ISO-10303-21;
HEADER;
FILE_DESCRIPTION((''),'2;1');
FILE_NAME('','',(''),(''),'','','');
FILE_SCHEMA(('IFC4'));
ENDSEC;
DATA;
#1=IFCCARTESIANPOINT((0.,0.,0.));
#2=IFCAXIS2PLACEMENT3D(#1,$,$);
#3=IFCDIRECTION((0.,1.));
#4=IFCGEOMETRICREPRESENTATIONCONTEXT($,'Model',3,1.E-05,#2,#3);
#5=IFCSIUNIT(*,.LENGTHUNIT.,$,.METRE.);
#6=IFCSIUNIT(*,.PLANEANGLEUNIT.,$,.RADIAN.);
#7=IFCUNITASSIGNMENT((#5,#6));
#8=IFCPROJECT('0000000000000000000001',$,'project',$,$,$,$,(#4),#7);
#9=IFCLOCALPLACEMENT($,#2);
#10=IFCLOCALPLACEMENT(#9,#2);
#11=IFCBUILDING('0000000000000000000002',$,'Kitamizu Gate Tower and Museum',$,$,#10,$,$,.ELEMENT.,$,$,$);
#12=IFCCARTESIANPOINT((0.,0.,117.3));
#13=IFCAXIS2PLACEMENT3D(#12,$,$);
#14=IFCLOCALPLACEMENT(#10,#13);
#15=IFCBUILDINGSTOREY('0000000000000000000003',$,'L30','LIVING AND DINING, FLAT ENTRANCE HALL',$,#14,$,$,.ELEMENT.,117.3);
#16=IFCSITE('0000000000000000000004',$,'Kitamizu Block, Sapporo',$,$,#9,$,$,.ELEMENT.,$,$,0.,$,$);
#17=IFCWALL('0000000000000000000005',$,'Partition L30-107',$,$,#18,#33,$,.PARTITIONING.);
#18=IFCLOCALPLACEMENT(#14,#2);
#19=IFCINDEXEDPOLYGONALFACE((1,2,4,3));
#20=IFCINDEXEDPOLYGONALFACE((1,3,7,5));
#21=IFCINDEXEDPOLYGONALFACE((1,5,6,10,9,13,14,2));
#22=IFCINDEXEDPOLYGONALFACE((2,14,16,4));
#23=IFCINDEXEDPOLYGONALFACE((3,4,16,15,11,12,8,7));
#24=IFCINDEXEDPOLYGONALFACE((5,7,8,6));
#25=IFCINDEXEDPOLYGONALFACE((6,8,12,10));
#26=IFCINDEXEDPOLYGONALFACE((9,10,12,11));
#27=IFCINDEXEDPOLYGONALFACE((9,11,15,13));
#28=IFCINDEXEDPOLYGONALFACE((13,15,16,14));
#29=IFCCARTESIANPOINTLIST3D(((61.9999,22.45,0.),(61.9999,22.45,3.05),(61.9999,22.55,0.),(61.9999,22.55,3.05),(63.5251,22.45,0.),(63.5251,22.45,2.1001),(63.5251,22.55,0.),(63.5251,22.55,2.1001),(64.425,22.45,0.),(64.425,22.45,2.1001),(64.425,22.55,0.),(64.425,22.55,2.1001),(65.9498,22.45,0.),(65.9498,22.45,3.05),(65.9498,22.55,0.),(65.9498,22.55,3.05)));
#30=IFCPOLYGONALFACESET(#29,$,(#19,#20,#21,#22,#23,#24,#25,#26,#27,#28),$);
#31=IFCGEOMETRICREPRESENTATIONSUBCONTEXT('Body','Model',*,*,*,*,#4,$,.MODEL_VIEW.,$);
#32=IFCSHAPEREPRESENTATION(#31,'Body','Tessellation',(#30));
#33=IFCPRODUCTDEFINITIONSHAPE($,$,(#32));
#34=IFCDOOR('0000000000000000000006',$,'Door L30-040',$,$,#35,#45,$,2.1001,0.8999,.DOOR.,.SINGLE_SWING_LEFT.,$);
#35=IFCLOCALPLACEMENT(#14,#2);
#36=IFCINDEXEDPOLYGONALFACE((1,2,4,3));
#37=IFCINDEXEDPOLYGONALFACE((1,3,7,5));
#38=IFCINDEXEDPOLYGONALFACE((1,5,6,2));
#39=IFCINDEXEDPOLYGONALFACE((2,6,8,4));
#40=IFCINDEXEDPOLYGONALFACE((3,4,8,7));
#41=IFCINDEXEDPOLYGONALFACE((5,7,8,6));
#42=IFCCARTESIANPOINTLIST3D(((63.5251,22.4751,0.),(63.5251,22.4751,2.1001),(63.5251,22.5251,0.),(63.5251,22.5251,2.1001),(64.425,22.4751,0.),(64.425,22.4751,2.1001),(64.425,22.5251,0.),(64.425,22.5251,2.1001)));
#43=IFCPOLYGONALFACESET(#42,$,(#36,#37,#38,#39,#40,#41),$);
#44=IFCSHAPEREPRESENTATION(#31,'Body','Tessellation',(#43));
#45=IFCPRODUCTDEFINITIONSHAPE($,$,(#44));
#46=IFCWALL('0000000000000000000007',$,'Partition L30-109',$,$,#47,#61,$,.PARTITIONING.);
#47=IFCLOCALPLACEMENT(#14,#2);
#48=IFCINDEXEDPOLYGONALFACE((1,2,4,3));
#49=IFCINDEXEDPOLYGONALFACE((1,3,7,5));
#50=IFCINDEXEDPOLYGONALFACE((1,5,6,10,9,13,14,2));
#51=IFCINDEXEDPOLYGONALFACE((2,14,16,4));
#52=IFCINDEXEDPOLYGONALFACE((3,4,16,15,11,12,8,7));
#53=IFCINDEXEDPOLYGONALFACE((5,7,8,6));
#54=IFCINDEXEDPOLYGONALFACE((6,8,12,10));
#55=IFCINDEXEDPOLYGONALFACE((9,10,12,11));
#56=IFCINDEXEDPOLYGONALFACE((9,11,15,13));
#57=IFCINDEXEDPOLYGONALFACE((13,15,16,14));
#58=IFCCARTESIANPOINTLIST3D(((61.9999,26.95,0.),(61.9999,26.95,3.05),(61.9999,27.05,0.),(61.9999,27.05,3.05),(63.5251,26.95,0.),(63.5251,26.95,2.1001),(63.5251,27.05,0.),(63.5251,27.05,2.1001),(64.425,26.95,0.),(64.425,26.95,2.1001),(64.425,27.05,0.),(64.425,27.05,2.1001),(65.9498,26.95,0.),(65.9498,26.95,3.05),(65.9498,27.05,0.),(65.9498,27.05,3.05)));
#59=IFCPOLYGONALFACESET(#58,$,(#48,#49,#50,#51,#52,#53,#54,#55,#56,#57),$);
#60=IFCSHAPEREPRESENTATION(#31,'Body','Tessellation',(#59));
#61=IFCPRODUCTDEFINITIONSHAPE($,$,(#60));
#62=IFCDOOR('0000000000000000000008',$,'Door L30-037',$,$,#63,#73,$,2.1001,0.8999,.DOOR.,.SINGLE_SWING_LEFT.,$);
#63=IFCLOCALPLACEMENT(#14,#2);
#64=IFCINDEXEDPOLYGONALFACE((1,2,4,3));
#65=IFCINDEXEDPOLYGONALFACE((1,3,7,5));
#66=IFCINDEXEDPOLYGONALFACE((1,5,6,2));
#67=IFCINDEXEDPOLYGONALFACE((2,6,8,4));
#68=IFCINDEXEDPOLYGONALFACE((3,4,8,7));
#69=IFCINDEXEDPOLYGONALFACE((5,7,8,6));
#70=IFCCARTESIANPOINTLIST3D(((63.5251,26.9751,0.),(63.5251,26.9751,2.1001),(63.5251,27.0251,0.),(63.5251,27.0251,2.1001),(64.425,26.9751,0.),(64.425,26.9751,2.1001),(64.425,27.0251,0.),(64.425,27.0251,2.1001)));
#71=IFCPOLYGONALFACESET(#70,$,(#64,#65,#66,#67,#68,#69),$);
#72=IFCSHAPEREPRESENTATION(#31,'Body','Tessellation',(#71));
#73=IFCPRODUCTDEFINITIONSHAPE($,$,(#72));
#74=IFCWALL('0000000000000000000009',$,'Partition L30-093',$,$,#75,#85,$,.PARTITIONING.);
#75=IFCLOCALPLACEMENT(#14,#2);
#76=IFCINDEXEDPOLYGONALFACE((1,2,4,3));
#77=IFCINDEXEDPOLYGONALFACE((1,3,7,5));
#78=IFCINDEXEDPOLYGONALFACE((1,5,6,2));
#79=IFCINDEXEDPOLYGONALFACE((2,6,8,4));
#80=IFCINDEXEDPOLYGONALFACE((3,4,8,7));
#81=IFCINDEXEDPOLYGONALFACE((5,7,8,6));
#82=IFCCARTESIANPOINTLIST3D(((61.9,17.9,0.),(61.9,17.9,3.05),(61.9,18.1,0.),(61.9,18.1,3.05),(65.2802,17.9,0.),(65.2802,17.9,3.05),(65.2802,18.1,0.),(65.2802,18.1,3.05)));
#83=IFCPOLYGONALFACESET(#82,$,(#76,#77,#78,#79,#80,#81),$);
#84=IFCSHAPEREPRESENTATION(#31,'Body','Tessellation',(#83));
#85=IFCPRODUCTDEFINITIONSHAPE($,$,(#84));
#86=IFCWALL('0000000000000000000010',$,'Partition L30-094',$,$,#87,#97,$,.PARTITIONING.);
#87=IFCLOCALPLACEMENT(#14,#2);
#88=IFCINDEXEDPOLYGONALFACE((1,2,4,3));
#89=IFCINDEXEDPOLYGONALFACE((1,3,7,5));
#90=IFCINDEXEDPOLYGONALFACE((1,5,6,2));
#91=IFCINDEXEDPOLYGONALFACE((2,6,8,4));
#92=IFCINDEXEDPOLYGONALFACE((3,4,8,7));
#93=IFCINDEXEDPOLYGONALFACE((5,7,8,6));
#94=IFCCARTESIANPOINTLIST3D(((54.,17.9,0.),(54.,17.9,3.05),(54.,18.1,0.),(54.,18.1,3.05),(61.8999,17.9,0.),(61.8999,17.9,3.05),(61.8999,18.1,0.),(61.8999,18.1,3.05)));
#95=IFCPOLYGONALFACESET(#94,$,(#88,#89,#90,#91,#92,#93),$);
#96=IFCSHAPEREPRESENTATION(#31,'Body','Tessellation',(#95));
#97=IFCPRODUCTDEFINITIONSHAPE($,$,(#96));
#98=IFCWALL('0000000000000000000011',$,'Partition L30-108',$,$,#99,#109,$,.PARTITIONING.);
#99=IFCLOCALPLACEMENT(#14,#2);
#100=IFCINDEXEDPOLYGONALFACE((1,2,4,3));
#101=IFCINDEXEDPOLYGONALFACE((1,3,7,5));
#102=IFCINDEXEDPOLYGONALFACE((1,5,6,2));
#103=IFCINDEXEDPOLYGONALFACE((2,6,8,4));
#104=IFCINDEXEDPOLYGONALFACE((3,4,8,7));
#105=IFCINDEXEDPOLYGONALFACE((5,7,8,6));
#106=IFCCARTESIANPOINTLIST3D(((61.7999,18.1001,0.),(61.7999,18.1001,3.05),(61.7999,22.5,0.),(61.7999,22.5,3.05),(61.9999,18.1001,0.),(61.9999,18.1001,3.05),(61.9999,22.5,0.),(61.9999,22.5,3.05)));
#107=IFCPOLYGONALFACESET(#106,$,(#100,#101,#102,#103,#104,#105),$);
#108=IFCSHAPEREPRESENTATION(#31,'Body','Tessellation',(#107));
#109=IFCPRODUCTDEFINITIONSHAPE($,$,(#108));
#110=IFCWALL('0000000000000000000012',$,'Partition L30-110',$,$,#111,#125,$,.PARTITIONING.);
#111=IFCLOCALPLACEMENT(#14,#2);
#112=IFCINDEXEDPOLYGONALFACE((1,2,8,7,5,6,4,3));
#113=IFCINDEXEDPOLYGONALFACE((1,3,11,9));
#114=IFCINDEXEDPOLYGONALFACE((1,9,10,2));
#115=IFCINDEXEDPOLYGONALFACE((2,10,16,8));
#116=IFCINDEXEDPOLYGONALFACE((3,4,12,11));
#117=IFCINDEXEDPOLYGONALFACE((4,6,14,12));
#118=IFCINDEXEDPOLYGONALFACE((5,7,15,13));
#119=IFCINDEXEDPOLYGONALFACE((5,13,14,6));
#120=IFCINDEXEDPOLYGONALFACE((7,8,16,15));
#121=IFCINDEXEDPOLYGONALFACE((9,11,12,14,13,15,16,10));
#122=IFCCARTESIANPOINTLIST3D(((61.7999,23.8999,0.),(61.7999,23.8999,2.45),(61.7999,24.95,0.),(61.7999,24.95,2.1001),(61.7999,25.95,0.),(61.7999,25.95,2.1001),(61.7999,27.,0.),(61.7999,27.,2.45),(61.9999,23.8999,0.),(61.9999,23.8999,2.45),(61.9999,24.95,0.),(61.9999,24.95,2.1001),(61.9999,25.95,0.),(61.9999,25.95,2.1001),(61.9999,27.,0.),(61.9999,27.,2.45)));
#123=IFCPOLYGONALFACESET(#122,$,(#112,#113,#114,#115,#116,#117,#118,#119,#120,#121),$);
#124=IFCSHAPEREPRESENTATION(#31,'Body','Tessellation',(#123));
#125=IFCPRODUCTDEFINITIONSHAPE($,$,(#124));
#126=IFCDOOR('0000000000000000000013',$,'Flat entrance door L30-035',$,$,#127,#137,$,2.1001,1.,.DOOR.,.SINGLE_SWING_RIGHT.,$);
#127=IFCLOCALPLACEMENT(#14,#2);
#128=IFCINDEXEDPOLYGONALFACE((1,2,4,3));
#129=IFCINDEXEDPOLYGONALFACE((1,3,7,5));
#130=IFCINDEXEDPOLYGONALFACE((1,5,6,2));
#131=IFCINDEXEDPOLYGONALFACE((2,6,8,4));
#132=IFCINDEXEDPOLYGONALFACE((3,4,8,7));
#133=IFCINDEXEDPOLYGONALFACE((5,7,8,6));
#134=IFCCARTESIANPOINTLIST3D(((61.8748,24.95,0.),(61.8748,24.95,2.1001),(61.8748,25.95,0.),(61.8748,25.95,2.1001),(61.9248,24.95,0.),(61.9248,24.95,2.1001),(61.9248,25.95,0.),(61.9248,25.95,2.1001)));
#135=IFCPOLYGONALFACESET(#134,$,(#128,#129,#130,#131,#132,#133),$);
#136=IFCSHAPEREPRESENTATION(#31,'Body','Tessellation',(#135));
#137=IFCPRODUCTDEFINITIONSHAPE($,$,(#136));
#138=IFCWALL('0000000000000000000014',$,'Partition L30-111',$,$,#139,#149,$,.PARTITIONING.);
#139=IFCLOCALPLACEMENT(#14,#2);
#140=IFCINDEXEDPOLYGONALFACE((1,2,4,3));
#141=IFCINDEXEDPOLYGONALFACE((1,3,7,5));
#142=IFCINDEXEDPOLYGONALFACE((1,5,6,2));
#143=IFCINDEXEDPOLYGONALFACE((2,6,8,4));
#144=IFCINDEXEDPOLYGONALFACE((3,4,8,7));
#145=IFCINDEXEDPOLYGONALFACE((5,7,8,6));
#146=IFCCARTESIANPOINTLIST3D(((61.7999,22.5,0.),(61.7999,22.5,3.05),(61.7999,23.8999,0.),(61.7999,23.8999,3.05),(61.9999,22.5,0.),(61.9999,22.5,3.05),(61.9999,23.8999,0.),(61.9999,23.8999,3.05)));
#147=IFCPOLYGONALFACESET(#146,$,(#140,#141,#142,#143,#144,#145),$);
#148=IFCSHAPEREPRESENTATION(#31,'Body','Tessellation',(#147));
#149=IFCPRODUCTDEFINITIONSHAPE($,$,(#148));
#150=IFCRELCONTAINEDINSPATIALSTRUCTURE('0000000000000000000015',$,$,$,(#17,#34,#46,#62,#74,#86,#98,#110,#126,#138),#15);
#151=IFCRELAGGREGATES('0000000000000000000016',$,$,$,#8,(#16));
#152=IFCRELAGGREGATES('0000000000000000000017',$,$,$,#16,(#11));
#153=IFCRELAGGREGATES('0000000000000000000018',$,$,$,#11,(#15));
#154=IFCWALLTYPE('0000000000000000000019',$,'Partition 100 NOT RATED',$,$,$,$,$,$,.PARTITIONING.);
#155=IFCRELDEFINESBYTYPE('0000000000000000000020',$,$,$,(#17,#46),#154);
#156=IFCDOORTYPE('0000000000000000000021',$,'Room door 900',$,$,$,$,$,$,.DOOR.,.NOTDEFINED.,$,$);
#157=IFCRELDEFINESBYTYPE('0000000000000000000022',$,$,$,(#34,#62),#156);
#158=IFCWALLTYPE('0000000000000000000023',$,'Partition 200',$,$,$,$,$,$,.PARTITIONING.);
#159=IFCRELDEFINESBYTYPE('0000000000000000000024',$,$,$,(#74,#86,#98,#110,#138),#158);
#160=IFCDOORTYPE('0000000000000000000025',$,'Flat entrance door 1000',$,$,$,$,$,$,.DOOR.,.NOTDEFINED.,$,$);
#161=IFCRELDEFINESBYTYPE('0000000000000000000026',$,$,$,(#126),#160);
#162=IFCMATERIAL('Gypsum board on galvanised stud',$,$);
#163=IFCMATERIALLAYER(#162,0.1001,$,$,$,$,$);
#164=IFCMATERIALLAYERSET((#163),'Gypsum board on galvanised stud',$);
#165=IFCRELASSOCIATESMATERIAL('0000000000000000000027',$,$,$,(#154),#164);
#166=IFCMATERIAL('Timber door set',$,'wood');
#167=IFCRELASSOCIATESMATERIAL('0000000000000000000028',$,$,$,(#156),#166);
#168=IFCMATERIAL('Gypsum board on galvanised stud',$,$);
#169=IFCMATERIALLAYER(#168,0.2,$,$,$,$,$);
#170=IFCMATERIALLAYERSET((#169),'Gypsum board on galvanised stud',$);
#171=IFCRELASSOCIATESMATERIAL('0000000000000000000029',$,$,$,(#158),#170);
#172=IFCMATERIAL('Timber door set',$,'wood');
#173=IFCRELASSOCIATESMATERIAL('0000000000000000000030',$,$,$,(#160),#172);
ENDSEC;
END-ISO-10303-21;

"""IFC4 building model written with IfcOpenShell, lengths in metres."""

from ifc_helpers import new_model, si_unit, direction, frame, frame_2d, origin, place, context, subcontext, project, spatial, rectangle, extrude, material, layer, layer_set, type_object, element, fill, save


model = new_model("IFC4")

# Units and contexts
model_context = context("Model", 3, precision=1e-05, world=origin(), true_north=direction((0.0, 1.0)))
body_context = subcontext(model_context, "Body", "Model", "MODEL_VIEW")
ifc_project = project(units=[si_unit("LENGTHUNIT", "METRE"), si_unit("PLANEANGLEUNIT", "RADIAN")], contexts=[model_context])

# Site, building, storey
site_placement = place(None, origin())
site = spatial("IfcSite", under=ifc_project, at=site_placement, Name="Kitamizu Block, Sapporo", CompositionType="ELEMENT", RefElevation=0.0)
building_placement = place(site_placement, origin())
building = spatial("IfcBuilding", under=site, at=building_placement, Name="Kitamizu Gate Tower and Museum", CompositionType="ELEMENT")
storey_placement = place(building_placement, frame((0.0, 0.0, 117.3)))
storey = spatial("IfcBuildingStorey", under=building, at=storey_placement, Name="L30", Description="LIVING AND DINING, FLAT ENTRANCE HALL", CompositionType="ELEMENT", Elevation=117.3)

# Shared definitions
ifc_material_1 = material(Name="Gypsum board on galvanised stud")
ifc_layer_1 = layer(ifc_material_1, 0.1001)
ifc_layer_set_1 = layer_set([ifc_layer_1], Name="Gypsum board on galvanised stud")
wall_type_1 = type_object("IfcWallType", Name="Partition 100 NOT RATED", PredefinedType="PARTITIONING", material=ifc_layer_set_1)

# Shared definitions
ifc_material_2 = material(Name="Timber door set", Category="wood")
door_type_1 = type_object("IfcDoorType", Name="Room door 900", OperationType="NOTDEFINED", PredefinedType="DOOR", material=ifc_material_2)

# Walls, openings, doors
wall_1_placement = place(storey_placement, frame((65.95, 22.5, 0.0), z_axis=(0.0, 0.0, 1.0), x_axis=(-1.0, 0.0, 0.0)))
wall_1 = element("IfcWall", 1, at=wall_1_placement, inside=storey, type_object=wall_type_1, Name="Partition L30-107", PredefinedType="PARTITIONING", context=body_context, shape_type="SweptSolid", body=[
    extrude(rectangle(XDim=3.95, YDim=0.1001, at=frame_2d((1.9751, 0.0))), origin(), (0.0, 0.0, 1.0), 3.05),
])
opening_1_placement = place(wall_1_placement, frame((1.5249, 0.0, 0.0)))
opening_1 = element("IfcOpeningElement", 2, at=opening_1_placement, cuts=wall_1, PredefinedType="OPENING", context=body_context, shape_type="SweptSolid", body=[
    extrude(rectangle(XDim=0.8999, YDim=2.1001, at=frame_2d((0.45, 1.05))), frame((0.0, 0.0601, 0.0), z_axis=(0.0, -1.0, 0.0), x_axis=(1.0, 0.0, 0.0)), (0.0, 0.0, 1.0), 0.1201),
])
door_1_placement = place(opening_1_placement, origin())
door_1 = element("IfcDoor", 3, at=door_1_placement, inside=storey, type_object=door_type_1, Name="Door L30-040", OperationType="SINGLE_SWING_LEFT", OverallHeight=2.1001, OverallWidth=0.8999, PredefinedType="DOOR", context=body_context, shape_type="SweptSolid", body=[
    extrude(rectangle(XDim=0.8999, YDim=2.1001, at=frame_2d((0.45, 1.05))), frame((0.0, 0.0249, 0.0), z_axis=(0.0, -1.0, 0.0), x_axis=(1.0, 0.0, 0.0)), (0.0, 0.0, 1.0), 0.05),
])
fill(opening_1, door_1)
wall_2_placement = place(storey_placement, frame((65.95, 27.0, 0.0), z_axis=(0.0, 0.0, 1.0), x_axis=(-1.0, 0.0, 0.0)))
wall_2 = element("IfcWall", 4, at=wall_2_placement, inside=storey, type_object=wall_type_1, Name="Partition L30-109", PredefinedType="PARTITIONING", context=body_context, shape_type="SweptSolid", body=[
    extrude(rectangle(XDim=3.95, YDim=0.1001, at=frame_2d((1.9751, 0.0))), origin(), (0.0, 0.0, 1.0), 3.05),
])
opening_2_placement = place(wall_2_placement, frame((1.5249, 0.0, 0.0)))
opening_2 = element("IfcOpeningElement", 5, at=opening_2_placement, cuts=wall_2, PredefinedType="OPENING", context=body_context, shape_type="SweptSolid", body=[
    extrude(rectangle(XDim=0.8999, YDim=2.1001, at=frame_2d((0.45, 1.05))), frame((0.0, 0.0601, 0.0), z_axis=(0.0, -1.0, 0.0), x_axis=(1.0, 0.0, 0.0)), (0.0, 0.0, 1.0), 0.1201),
])
door_2_placement = place(opening_2_placement, origin())
door_2 = element("IfcDoor", 6, at=door_2_placement, inside=storey, type_object=door_type_1, Name="Door L30-037", OperationType="SINGLE_SWING_LEFT", OverallHeight=2.1001, OverallWidth=0.8999, PredefinedType="DOOR", context=body_context, shape_type="SweptSolid", body=[
    extrude(rectangle(XDim=0.8999, YDim=2.1001, at=frame_2d((0.45, 1.05))), frame((0.0, 0.0249, 0.0), z_axis=(0.0, -1.0, 0.0), x_axis=(1.0, 0.0, 0.0)), (0.0, 0.0, 1.0), 0.05),
])
fill(opening_2, door_2)

# Walls
ifc_material_3 = material(Name="Gypsum board on galvanised stud")
ifc_layer_2 = layer(ifc_material_3, 0.2)
ifc_layer_set_2 = layer_set([ifc_layer_2], Name="Gypsum board on galvanised stud")
wall_type_2 = type_object("IfcWallType", Name="Partition 200", PredefinedType="PARTITIONING", material=ifc_layer_set_2)
wall_3_placement = place(storey_placement, frame((65.28, 18.0, 0.0), z_axis=(0.0, 0.0, 1.0), x_axis=(-1.0, 0.0, 0.0)))
element("IfcWall", 7, at=wall_3_placement, inside=storey, type_object=wall_type_2, Name="Partition L30-093", PredefinedType="PARTITIONING", context=body_context, shape_type="SweptSolid", body=[
    extrude(rectangle(XDim=3.3801, YDim=0.2, at=frame_2d((1.6899, 0.0))), origin(), (0.0, 0.0, 1.0), 3.05),
])
wall_4_placement = place(storey_placement, frame((61.8999, 18.0, 0.0), z_axis=(0.0, 0.0, 1.0), x_axis=(-1.0, 0.0, 0.0)))
element("IfcWall", 8, at=wall_4_placement, inside=storey, type_object=wall_type_2, Name="Partition L30-094", PredefinedType="PARTITIONING", context=body_context, shape_type="SweptSolid", body=[
    extrude(rectangle(XDim=7.8999, YDim=0.2, at=frame_2d((3.95, 0.0))), origin(), (0.0, 0.0, 1.0), 3.05),
])
wall_5_placement = place(storey_placement, frame((61.8999, 22.5, 0.0), z_axis=(0.0, 0.0, 1.0), x_axis=(0.0, -1.0, 0.0)))
element("IfcWall", 9, at=wall_5_placement, inside=storey, type_object=wall_type_2, Name="Partition L30-108", PredefinedType="PARTITIONING", context=body_context, shape_type="SweptSolid", body=[
    extrude(rectangle(XDim=4.3999, YDim=0.2, at=frame_2d((2.2, 0.0))), origin(), (0.0, 0.0, 1.0), 3.05),
])

# Wall, opening, door
wall_6_placement = place(storey_placement, frame((61.8999, 27.0, 0.0), z_axis=(0.0, 0.0, 1.0), x_axis=(0.0, -1.0, 0.0)))
wall_6 = element("IfcWall", 10, at=wall_6_placement, inside=storey, type_object=wall_type_2, Name="Partition L30-110", PredefinedType="PARTITIONING", context=body_context, shape_type="SweptSolid", body=[
    extrude(rectangle(XDim=3.1001, YDim=0.2, at=frame_2d((1.55, 0.0))), origin(), (0.0, 0.0, 1.0), 2.45),
])
opening_3_placement = place(wall_6_placement, frame((1.05, 0.0, 0.0)))
opening_3 = element("IfcOpeningElement", 11, at=opening_3_placement, cuts=wall_6, PredefinedType="OPENING", context=body_context, shape_type="SweptSolid", body=[
    extrude(rectangle(XDim=1.0, YDim=2.1001, at=frame_2d((0.5, 1.05))), frame((0.0, 0.1099, 0.0), z_axis=(0.0, -1.0, 0.0), x_axis=(1.0, 0.0, 0.0)), (0.0, 0.0, 1.0), 0.22),
])
ifc_material_4 = material(Name="Timber door set", Category="wood")
door_type_2 = type_object("IfcDoorType", Name="Flat entrance door 1000", OperationType="NOTDEFINED", PredefinedType="DOOR", material=ifc_material_4)
door_3_placement = place(opening_3_placement, origin())
door_3 = element("IfcDoor", 12, at=door_3_placement, inside=storey, type_object=door_type_2, Name="Flat entrance door L30-035", OperationType="SINGLE_SWING_RIGHT", OverallHeight=2.1001, OverallWidth=1.0, PredefinedType="DOOR", context=body_context, shape_type="SweptSolid", body=[
    extrude(rectangle(XDim=1.0, YDim=2.1001, at=frame_2d((0.5, 1.05))), frame((0.0, 0.0249, 0.0), z_axis=(0.0, -1.0, 0.0), x_axis=(1.0, 0.0, 0.0)), (0.0, 0.0, 1.0), 0.05),
])
fill(opening_3, door_3)

# Wall
wall_7_placement = place(storey_placement, frame((61.8999, 23.8999, 0.0), z_axis=(0.0, 0.0, 1.0), x_axis=(0.0, -1.0, 0.0)))
element("IfcWall", 13, at=wall_7_placement, inside=storey, type_object=wall_type_2, Name="Partition L30-111", PredefinedType="PARTITIONING", context=body_context, shape_type="SweptSolid", body=[
    extrude(rectangle(XDim=1.3999, YDim=0.2, at=frame_2d((0.7, 0.0))), origin(), (0.0, 0.0, 1.0), 3.05),
])

save(model, "model.ifc")
